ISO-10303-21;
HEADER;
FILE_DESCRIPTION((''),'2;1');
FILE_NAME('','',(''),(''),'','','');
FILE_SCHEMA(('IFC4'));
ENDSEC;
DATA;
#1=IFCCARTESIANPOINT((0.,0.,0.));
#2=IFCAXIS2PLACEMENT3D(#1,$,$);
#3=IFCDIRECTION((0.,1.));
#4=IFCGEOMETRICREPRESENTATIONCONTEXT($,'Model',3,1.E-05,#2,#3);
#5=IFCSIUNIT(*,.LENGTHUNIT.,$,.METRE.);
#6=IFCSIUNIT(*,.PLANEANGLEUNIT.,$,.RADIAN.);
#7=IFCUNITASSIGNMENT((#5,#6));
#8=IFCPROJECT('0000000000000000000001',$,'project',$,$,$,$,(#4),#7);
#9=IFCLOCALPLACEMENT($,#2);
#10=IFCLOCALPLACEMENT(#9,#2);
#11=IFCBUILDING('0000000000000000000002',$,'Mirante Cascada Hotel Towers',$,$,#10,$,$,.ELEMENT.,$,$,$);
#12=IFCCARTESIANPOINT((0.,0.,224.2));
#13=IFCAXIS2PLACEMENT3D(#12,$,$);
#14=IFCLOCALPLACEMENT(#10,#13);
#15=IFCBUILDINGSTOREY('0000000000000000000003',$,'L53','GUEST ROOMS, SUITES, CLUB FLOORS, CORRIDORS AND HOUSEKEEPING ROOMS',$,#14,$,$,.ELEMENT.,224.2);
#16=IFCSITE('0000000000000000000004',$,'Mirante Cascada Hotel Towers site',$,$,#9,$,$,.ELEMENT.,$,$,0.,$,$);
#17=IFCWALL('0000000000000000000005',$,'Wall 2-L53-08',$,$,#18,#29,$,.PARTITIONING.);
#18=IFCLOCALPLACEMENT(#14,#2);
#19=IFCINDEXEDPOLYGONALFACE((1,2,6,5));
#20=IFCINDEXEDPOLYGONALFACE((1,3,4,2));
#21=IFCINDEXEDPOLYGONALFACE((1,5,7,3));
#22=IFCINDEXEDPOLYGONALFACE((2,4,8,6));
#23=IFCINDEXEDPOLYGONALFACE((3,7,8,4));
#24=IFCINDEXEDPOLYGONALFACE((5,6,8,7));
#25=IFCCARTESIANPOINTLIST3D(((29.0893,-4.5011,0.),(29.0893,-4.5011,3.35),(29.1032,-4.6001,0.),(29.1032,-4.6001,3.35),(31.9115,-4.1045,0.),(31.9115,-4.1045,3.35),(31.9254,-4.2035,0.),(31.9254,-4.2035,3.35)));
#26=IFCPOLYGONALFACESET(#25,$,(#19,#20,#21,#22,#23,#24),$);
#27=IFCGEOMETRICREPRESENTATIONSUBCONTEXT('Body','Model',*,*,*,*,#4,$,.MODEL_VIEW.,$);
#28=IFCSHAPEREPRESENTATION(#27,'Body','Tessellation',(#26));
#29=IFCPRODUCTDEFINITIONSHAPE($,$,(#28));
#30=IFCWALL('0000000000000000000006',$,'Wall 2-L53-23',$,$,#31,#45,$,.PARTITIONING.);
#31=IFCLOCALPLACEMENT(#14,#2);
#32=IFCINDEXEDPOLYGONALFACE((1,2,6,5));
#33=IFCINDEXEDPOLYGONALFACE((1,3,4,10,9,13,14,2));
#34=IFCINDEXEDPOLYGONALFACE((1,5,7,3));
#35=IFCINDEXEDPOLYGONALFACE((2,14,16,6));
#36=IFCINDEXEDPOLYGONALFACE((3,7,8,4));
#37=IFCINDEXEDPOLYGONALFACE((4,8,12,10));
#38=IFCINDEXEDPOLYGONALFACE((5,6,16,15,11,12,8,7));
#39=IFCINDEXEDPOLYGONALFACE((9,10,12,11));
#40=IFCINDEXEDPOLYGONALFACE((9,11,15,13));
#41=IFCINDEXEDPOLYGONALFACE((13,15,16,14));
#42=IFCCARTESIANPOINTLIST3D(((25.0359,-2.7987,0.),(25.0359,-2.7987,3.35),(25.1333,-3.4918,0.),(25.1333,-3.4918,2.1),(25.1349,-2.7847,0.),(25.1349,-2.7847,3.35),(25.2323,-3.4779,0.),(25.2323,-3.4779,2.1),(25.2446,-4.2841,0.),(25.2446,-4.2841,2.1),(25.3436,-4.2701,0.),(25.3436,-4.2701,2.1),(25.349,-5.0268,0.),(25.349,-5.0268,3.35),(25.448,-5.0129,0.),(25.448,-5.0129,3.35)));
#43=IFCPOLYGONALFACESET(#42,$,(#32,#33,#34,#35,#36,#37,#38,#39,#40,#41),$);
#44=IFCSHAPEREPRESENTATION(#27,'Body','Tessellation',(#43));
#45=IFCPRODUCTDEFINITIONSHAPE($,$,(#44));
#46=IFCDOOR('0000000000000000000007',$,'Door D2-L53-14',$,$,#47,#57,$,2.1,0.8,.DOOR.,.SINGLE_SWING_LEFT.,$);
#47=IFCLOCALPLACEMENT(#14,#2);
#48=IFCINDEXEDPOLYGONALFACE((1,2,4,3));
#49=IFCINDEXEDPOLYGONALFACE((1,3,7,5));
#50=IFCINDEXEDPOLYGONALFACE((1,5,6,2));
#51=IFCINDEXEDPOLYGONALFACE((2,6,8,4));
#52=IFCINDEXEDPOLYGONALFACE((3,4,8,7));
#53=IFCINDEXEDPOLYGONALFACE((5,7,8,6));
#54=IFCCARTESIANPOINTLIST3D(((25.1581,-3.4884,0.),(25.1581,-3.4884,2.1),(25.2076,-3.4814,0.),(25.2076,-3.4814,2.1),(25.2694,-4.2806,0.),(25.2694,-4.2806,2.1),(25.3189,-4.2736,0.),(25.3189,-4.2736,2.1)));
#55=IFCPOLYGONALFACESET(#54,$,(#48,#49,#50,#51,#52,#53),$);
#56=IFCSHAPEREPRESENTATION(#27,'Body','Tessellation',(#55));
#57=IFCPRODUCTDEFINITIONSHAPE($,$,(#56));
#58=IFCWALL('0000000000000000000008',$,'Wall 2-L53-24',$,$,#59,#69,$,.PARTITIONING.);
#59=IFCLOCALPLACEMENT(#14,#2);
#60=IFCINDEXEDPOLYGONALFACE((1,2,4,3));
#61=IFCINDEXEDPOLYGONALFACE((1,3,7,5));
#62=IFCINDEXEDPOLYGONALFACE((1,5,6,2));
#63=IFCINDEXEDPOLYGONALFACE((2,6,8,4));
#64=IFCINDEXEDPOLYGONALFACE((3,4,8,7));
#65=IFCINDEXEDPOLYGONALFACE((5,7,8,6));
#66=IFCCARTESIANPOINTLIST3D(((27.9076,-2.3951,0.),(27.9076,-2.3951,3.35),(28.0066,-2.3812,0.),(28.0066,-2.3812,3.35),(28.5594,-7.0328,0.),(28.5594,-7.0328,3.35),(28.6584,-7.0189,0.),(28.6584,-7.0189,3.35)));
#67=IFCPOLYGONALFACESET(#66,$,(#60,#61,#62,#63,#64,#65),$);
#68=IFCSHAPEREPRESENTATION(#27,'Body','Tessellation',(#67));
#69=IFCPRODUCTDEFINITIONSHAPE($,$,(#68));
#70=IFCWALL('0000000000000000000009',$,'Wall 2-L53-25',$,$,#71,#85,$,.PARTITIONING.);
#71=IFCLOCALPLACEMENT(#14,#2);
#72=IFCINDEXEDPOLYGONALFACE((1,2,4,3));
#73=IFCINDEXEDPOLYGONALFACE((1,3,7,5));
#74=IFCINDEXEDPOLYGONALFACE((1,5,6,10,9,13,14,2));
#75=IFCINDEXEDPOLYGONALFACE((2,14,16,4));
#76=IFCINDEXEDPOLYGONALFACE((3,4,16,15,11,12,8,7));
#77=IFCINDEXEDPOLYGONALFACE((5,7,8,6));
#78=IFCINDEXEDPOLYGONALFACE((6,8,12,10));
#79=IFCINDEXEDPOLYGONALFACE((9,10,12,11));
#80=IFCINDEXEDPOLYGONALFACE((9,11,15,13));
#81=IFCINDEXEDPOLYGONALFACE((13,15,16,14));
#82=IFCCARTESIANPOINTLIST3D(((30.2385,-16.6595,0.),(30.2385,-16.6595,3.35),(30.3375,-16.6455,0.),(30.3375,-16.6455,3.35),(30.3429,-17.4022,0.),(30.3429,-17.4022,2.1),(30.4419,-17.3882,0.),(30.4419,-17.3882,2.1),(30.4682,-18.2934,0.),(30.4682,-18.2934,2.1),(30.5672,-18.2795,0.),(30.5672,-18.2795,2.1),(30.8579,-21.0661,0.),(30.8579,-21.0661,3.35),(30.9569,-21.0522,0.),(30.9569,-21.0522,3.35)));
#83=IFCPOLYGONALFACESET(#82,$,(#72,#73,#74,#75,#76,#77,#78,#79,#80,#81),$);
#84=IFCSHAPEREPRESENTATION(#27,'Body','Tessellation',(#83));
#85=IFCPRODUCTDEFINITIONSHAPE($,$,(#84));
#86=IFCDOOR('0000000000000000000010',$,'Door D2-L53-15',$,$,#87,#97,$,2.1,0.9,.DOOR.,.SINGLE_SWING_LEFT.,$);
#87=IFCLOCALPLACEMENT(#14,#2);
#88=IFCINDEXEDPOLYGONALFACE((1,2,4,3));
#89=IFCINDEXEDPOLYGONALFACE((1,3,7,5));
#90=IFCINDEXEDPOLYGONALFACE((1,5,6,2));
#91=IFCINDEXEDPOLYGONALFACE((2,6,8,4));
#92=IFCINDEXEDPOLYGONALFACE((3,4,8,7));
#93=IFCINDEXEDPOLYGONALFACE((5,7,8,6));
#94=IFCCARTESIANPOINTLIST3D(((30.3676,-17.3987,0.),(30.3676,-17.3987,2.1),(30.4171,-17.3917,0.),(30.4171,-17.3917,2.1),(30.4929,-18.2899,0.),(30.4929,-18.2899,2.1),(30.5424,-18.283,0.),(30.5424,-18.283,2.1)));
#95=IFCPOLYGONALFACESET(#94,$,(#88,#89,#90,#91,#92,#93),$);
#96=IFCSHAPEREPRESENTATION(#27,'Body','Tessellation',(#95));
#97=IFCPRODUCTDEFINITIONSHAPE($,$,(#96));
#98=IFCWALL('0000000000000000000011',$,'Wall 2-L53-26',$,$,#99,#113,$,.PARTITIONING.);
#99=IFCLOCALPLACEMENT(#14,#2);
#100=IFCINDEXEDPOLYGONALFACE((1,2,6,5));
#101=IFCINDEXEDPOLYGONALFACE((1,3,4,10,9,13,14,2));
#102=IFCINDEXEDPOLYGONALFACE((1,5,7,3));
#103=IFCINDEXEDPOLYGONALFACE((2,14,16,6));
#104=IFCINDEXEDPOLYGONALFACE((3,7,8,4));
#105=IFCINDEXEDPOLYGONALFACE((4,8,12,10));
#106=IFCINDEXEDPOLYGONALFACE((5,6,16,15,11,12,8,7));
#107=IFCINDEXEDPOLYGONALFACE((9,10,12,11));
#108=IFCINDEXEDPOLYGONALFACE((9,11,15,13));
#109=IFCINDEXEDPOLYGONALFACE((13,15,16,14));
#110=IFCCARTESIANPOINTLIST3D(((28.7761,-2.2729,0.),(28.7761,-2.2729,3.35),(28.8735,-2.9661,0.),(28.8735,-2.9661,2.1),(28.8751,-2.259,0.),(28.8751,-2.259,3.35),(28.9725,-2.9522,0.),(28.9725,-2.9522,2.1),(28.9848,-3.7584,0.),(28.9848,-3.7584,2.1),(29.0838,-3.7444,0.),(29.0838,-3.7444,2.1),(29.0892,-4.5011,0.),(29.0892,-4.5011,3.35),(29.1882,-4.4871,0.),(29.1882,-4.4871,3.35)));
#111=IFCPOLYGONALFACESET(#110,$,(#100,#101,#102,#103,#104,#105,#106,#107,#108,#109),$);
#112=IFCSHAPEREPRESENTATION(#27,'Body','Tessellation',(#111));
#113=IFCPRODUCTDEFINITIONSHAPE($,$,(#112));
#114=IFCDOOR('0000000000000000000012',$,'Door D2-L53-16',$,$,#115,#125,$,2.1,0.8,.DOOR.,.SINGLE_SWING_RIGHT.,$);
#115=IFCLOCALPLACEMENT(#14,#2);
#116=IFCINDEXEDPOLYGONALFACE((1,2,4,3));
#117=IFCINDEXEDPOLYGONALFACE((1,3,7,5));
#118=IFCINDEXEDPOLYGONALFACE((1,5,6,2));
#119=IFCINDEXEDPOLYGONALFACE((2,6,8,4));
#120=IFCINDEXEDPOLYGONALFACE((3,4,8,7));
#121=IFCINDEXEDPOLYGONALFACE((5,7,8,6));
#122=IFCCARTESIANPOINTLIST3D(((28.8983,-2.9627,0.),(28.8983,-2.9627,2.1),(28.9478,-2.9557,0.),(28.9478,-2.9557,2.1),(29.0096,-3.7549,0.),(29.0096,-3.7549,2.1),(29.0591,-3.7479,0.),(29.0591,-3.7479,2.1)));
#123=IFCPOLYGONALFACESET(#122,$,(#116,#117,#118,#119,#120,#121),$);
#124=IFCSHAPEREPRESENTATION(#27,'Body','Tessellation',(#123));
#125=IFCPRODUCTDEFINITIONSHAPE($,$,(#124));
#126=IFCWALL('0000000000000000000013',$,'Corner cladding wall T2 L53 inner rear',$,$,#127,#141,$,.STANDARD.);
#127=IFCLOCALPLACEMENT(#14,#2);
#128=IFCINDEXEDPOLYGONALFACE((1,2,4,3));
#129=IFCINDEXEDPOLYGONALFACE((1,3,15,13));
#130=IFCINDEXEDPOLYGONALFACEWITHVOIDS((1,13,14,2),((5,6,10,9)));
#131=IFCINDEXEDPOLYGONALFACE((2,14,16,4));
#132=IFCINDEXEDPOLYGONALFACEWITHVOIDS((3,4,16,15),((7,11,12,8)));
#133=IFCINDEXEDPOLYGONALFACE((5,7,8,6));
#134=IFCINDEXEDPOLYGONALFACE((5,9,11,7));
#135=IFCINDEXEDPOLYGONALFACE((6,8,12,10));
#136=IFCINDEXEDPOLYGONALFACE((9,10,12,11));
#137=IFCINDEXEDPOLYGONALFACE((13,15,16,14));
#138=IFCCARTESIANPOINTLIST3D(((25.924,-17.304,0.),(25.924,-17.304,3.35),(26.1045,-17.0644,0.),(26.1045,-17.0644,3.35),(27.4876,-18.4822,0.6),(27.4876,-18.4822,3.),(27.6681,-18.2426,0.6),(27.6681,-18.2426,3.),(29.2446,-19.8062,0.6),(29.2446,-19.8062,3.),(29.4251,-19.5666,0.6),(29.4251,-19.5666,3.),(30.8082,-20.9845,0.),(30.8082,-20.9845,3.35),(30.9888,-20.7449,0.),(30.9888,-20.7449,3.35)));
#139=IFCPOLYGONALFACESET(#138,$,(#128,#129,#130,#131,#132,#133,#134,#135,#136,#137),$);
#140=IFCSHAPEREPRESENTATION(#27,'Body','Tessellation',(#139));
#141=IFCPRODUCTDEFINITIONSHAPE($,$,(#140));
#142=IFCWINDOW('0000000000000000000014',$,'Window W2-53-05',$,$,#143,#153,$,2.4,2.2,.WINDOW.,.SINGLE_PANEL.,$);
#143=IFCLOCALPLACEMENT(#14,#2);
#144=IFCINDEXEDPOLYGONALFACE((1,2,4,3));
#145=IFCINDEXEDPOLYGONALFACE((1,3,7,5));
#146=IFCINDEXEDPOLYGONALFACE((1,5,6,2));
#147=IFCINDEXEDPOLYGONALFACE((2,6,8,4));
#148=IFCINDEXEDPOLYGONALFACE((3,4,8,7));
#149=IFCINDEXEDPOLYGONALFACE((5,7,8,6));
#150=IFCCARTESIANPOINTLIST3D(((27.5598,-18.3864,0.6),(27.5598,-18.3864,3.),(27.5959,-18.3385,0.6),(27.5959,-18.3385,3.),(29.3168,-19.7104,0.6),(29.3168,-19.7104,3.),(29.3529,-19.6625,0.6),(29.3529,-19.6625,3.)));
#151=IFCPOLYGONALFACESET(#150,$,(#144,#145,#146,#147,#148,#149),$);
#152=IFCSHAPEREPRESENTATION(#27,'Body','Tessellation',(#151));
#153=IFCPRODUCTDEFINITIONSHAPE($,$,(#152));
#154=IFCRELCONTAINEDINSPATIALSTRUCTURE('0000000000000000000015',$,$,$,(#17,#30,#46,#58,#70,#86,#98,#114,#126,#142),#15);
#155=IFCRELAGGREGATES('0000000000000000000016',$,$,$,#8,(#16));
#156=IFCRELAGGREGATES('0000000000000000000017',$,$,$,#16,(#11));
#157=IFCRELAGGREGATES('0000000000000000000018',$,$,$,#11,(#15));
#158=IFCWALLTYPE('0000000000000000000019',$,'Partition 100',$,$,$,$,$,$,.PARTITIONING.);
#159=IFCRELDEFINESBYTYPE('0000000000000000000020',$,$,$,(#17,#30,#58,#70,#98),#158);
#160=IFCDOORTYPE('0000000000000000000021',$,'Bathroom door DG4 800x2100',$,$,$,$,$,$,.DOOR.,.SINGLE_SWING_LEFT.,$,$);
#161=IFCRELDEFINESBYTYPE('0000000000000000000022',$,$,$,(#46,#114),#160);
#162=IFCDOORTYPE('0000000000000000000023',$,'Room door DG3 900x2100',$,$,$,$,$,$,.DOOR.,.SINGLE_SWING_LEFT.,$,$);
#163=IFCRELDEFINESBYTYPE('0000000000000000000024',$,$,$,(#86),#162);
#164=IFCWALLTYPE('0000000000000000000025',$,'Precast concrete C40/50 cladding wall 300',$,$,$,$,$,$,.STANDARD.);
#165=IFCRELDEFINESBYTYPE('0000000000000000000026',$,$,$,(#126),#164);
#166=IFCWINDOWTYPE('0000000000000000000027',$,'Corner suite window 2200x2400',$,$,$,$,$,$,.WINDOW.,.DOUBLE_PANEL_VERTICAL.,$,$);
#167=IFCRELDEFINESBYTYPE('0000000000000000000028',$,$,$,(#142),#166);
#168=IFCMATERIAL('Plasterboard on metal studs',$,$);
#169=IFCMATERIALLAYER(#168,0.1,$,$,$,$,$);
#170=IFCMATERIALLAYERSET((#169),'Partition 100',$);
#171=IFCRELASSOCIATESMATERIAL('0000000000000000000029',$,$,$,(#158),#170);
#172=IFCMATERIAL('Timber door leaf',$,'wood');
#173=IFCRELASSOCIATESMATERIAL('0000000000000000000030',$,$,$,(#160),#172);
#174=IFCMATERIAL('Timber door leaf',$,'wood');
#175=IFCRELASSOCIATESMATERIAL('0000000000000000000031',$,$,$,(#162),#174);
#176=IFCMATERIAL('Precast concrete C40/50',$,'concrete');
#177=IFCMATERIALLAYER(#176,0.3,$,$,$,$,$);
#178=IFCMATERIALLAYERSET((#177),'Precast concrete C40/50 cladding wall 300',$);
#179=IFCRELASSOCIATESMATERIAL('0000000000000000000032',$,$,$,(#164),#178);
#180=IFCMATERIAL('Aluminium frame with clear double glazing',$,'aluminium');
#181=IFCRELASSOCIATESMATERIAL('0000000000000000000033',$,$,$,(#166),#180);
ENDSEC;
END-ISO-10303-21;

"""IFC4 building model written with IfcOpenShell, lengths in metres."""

from ifc_helpers import new_model, si_unit, direction, frame, frame_2d, origin, place, context, subcontext, project, spatial, rectangle, extrude, material, layer, layer_set, type_object, element, fill, save


model = new_model("IFC4")

# Units and contexts
model_context = context("Model", 3, precision=1e-05, world=origin(), true_north=direction((0.0, 1.0)))
body_context = subcontext(model_context, "Body", "Model", "MODEL_VIEW")
ifc_project = project(units=[si_unit("LENGTHUNIT", "METRE"), si_unit("PLANEANGLEUNIT", "RADIAN")], contexts=[model_context])

# Site, building, storey
site_placement = place(None, origin())
site = spatial("IfcSite", under=ifc_project, at=site_placement, Name="Mirante Cascada Hotel Towers site", CompositionType="ELEMENT", RefElevation=0.0)
building_placement = place(site_placement, origin())
building = spatial("IfcBuilding", under=site, at=building_placement, Name="Mirante Cascada Hotel Towers", CompositionType="ELEMENT")
storey_placement = place(building_placement, frame((0.0, 0.0, 224.2)))
storey = spatial("IfcBuildingStorey", under=building, at=storey_placement, Name="L53", Description="GUEST ROOMS, SUITES, CLUB FLOORS, CORRIDORS AND HOUSEKEEPING ROOMS", CompositionType="ELEMENT", Elevation=224.2)

# Wall
ifc_material_1 = material(Name="Plasterboard on metal studs")
ifc_layer_1 = layer(ifc_material_1, 0.1)
ifc_layer_set_1 = layer_set([ifc_layer_1], Name="Partition 100")
wall_type_1 = type_object("IfcWallType", Name="Partition 100", PredefinedType="PARTITIONING", material=ifc_layer_set_1)
wall_1_placement = place(storey_placement, frame((29.0962, -4.5506, 0.0), z_axis=(0.0, 0.0, 1.0), x_axis=(0.99027, 0.139161, 0.0)))
element("IfcWall", 1, at=wall_1_placement, inside=storey, type_object=wall_type_1, Name="Wall 2-L53-08", PredefinedType="PARTITIONING", context=body_context, shape_type="SweptSolid", body=[
    extrude(rectangle(XDim=2.8499, YDim=0.1, at=frame_2d((1.425, 0.0))), origin(), (0.0, 0.0, 1.0), 3.35),
])

# Wall, opening, door
wall_2_placement = place(storey_placement, frame((25.0854, -2.7917, 0.0), z_axis=(0.0, 0.0, 1.0), x_axis=(0.139156, -0.990271, 0.0)))
wall_2 = element("IfcWall", 2, at=wall_2_placement, inside=storey, type_object=wall_type_1, Name="Wall 2-L53-23", PredefinedType="PARTITIONING", context=body_context, shape_type="SweptSolid", body=[
    extrude(rectangle(XDim=2.25, YDim=0.1, at=frame_2d((1.125, 0.0))), origin(), (0.0, 0.0, 1.0), 3.35),
])
opening_1_placement = place(wall_2_placement, frame((0.7, 0.0, 0.0)))
opening_1 = element("IfcOpeningElement", 3, at=opening_1_placement, cuts=wall_2, PredefinedType="OPENING", context=body_context, shape_type="SweptSolid", body=[
    extrude(rectangle(XDim=0.8, YDim=2.1, at=frame_2d((0.4, 1.05))), frame((0.0, 0.05, 0.0), z_axis=(0.0, -1.0, 0.0), x_axis=(1.0, 0.0, 0.0)), (0.0, 0.0, 1.0), 0.1),
])
ifc_material_2 = material(Name="Timber door leaf", Category="wood")
door_type_1 = type_object("IfcDoorType", Name="Bathroom door DG4 800x2100", OperationType="SINGLE_SWING_LEFT", PredefinedType="DOOR", material=ifc_material_2)
door_1_placement = place(opening_1_placement, origin())
door_1 = element("IfcDoor", 4, at=door_1_placement, inside=storey, type_object=door_type_1, Name="Door D2-L53-14", OperationType="SINGLE_SWING_LEFT", OverallHeight=2.1, OverallWidth=0.8, PredefinedType="DOOR", context=body_context, shape_type="SweptSolid", body=[
    extrude(rectangle(XDim=0.8, YDim=2.1, at=frame_2d((0.4, 1.05))), frame((0.0, 0.025, 0.0), z_axis=(0.0, -1.0, 0.0), x_axis=(1.0, 0.0, 0.0)), (0.0, 0.0, 1.0), 0.05),
])
fill(opening_1, door_1)

# Wall
wall_3_placement = place(storey_placement, frame((28.6089, -7.0258, 0.0), z_axis=(0.0, 0.0, 1.0), x_axis=(-0.139176, 0.990268, 0.0)))
element("IfcWall", 5, at=wall_3_placement, inside=storey, type_object=wall_type_1, Name="Wall 2-L53-24", PredefinedType="PARTITIONING", context=body_context, shape_type="SweptSolid", body=[
    extrude(rectangle(XDim=4.6833, YDim=0.1, at=frame_2d((2.3416, 0.0))), origin(), (0.0, 0.0, 1.0), 3.35),
])

# Walls, openings, doors
wall_4_placement = place(storey_placement, frame((30.288, -16.6525, 0.0), z_axis=(0.0, 0.0, 1.0), x_axis=(0.13919, -0.990266, 0.0)))
wall_4 = element("IfcWall", 6, at=wall_4_placement, inside=storey, type_object=wall_type_1, Name="Wall 2-L53-25", PredefinedType="PARTITIONING", context=body_context, shape_type="SweptSolid", body=[
    extrude(rectangle(XDim=4.45, YDim=0.1, at=frame_2d((2.225, 0.0))), origin(), (0.0, 0.0, 1.0), 3.35),
])
opening_2_placement = place(wall_4_placement, frame((0.75, 0.0, 0.0)))
opening_2 = element("IfcOpeningElement", 7, at=opening_2_placement, cuts=wall_4, PredefinedType="OPENING", context=body_context, shape_type="SweptSolid", body=[
    extrude(rectangle(XDim=0.9, YDim=2.1, at=frame_2d((0.45, 1.05))), frame((0.0, 0.05, 0.0), z_axis=(0.0, -1.0, 0.0), x_axis=(1.0, 0.0, 0.0)), (0.0, 0.0, 1.0), 0.1),
])
ifc_material_3 = material(Name="Timber door leaf", Category="wood")
door_type_2 = type_object("IfcDoorType", Name="Room door DG3 900x2100", OperationType="SINGLE_SWING_LEFT", PredefinedType="DOOR", material=ifc_material_3)
door_2_placement = place(opening_2_placement, origin())
door_2 = element("IfcDoor", 8, at=door_2_placement, inside=storey, type_object=door_type_2, Name="Door D2-L53-15", OperationType="SINGLE_SWING_LEFT", OverallHeight=2.1, OverallWidth=0.9, PredefinedType="DOOR", context=body_context, shape_type="SweptSolid", body=[
    extrude(rectangle(XDim=0.9, YDim=2.1, at=frame_2d((0.45, 1.05))), frame((0.0, 0.025, 0.0), z_axis=(0.0, -1.0, 0.0), x_axis=(1.0, 0.0, 0.0)), (0.0, 0.0, 1.0), 0.05),
])
fill(opening_2, door_2)
wall_5_placement = place(storey_placement, frame((29.1387, -4.4941, 0.0), z_axis=(0.0, 0.0, 1.0), x_axis=(-0.139156, 0.990271, 0.0)))
wall_5 = element("IfcWall", 9, at=wall_5_placement, inside=storey, type_object=wall_type_1, Name="Wall 2-L53-26", PredefinedType="PARTITIONING", context=body_context, shape_type="SweptSolid", body=[
    extrude(rectangle(XDim=2.25, YDim=0.1, at=frame_2d((1.125, 0.0))), origin(), (0.0, 0.0, 1.0), 3.35),
])
opening_3_placement = place(wall_5_placement, frame((0.75, 0.0, 0.0)))
opening_3 = element("IfcOpeningElement", 10, at=opening_3_placement, cuts=wall_5, PredefinedType="OPENING", context=body_context, shape_type="SweptSolid", body=[
    extrude(rectangle(XDim=0.8, YDim=2.1, at=frame_2d((0.4, 1.05))), frame((0.0, 0.05, 0.0), z_axis=(0.0, -1.0, 0.0), x_axis=(1.0, 0.0, 0.0)), (0.0, 0.0, 1.0), 0.1),
])
door_3_placement = place(opening_3_placement, frame((0.8, 0.0, 0.0), z_axis=(0.0, 0.0, 1.0), x_axis=(-1.0, 0.0, 0.0)))
door_3 = element("IfcDoor", 11, at=door_3_placement, inside=storey, type_object=door_type_1, Name="Door D2-L53-16", OperationType="SINGLE_SWING_RIGHT", OverallHeight=2.1, OverallWidth=0.8, PredefinedType="DOOR", context=body_context, shape_type="SweptSolid", body=[
    extrude(rectangle(XDim=0.8, YDim=2.1, at=frame_2d((0.4, 1.05))), frame((0.0, 0.025, 0.0), z_axis=(0.0, -1.0, 0.0), x_axis=(1.0, 0.0, 0.0)), (0.0, 0.0, 1.0), 0.05),
])
fill(opening_3, door_3)

# Wall, opening, window
ifc_material_4 = material(Name="Precast concrete C40/50", Category="concrete")
ifc_layer_2 = layer(ifc_material_4, 0.3)
ifc_layer_set_2 = layer_set([ifc_layer_2], Name="Precast concrete C40/50 cladding wall 300")
wall_type_2 = type_object("IfcWallType", Name="Precast concrete C40/50 cladding wall 300", PredefinedType="STANDARD", material=ifc_layer_set_2)
wall_6_placement = place(storey_placement, frame((26.0143, -17.1842, 0.0), z_axis=(0.0, 0.0, 1.0), x_axis=(0.798636, -0.601814, 0.0)))
wall_6 = element("IfcWall", 12, at=wall_6_placement, inside=storey, type_object=wall_type_2, Name="Corner cladding wall T2 L53 inner rear", PredefinedType="STANDARD", context=body_context, shape_type="SweptSolid", body=[
    extrude(rectangle(XDim=6.1157, YDim=0.3, at=frame_2d((3.0578, 0.0))), origin(), (0.0, 0.0, 1.0), 3.35),
])
opening_4_placement = place(wall_6_placement, frame((1.9578, 0.0, 0.6)))
opening_4 = element("IfcOpeningElement", 13, at=opening_4_placement, cuts=wall_6, PredefinedType="OPENING", context=body_context, shape_type="SweptSolid", body=[
    extrude(rectangle(XDim=2.2, YDim=2.4, at=frame_2d((1.1, 1.2))), frame((0.0, 0.15, 0.0), z_axis=(0.0, -1.0, 0.0), x_axis=(1.0, 0.0, 0.0)), (0.0, 0.0, 1.0), 0.3),
])
ifc_material_5 = material(Name="Aluminium frame with clear double glazing", Category="aluminium")
window_type = type_object("IfcWindowType", Name="Corner suite window 2200x2400", PartitioningType="DOUBLE_PANEL_VERTICAL", PredefinedType="WINDOW", material=ifc_material_5)
window_placement = place(opening_4_placement, origin())
window = element("IfcWindow", 14, at=window_placement, inside=storey, type_object=window_type, Name="Window W2-53-05", OverallHeight=2.4, OverallWidth=2.2, PartitioningType="SINGLE_PANEL", PredefinedType="WINDOW", context=body_context, shape_type="SweptSolid", body=[
    extrude(rectangle(XDim=2.2, YDim=2.4, at=frame_2d((1.1, 1.2))), frame((0.0, 0.03, 0.0), z_axis=(0.0, -1.0, 0.0), x_axis=(1.0, 0.0, 0.0)), (0.0, 0.0, 1.0), 0.06),
])
fill(opening_4, window)

save(model, "model.ifc")
